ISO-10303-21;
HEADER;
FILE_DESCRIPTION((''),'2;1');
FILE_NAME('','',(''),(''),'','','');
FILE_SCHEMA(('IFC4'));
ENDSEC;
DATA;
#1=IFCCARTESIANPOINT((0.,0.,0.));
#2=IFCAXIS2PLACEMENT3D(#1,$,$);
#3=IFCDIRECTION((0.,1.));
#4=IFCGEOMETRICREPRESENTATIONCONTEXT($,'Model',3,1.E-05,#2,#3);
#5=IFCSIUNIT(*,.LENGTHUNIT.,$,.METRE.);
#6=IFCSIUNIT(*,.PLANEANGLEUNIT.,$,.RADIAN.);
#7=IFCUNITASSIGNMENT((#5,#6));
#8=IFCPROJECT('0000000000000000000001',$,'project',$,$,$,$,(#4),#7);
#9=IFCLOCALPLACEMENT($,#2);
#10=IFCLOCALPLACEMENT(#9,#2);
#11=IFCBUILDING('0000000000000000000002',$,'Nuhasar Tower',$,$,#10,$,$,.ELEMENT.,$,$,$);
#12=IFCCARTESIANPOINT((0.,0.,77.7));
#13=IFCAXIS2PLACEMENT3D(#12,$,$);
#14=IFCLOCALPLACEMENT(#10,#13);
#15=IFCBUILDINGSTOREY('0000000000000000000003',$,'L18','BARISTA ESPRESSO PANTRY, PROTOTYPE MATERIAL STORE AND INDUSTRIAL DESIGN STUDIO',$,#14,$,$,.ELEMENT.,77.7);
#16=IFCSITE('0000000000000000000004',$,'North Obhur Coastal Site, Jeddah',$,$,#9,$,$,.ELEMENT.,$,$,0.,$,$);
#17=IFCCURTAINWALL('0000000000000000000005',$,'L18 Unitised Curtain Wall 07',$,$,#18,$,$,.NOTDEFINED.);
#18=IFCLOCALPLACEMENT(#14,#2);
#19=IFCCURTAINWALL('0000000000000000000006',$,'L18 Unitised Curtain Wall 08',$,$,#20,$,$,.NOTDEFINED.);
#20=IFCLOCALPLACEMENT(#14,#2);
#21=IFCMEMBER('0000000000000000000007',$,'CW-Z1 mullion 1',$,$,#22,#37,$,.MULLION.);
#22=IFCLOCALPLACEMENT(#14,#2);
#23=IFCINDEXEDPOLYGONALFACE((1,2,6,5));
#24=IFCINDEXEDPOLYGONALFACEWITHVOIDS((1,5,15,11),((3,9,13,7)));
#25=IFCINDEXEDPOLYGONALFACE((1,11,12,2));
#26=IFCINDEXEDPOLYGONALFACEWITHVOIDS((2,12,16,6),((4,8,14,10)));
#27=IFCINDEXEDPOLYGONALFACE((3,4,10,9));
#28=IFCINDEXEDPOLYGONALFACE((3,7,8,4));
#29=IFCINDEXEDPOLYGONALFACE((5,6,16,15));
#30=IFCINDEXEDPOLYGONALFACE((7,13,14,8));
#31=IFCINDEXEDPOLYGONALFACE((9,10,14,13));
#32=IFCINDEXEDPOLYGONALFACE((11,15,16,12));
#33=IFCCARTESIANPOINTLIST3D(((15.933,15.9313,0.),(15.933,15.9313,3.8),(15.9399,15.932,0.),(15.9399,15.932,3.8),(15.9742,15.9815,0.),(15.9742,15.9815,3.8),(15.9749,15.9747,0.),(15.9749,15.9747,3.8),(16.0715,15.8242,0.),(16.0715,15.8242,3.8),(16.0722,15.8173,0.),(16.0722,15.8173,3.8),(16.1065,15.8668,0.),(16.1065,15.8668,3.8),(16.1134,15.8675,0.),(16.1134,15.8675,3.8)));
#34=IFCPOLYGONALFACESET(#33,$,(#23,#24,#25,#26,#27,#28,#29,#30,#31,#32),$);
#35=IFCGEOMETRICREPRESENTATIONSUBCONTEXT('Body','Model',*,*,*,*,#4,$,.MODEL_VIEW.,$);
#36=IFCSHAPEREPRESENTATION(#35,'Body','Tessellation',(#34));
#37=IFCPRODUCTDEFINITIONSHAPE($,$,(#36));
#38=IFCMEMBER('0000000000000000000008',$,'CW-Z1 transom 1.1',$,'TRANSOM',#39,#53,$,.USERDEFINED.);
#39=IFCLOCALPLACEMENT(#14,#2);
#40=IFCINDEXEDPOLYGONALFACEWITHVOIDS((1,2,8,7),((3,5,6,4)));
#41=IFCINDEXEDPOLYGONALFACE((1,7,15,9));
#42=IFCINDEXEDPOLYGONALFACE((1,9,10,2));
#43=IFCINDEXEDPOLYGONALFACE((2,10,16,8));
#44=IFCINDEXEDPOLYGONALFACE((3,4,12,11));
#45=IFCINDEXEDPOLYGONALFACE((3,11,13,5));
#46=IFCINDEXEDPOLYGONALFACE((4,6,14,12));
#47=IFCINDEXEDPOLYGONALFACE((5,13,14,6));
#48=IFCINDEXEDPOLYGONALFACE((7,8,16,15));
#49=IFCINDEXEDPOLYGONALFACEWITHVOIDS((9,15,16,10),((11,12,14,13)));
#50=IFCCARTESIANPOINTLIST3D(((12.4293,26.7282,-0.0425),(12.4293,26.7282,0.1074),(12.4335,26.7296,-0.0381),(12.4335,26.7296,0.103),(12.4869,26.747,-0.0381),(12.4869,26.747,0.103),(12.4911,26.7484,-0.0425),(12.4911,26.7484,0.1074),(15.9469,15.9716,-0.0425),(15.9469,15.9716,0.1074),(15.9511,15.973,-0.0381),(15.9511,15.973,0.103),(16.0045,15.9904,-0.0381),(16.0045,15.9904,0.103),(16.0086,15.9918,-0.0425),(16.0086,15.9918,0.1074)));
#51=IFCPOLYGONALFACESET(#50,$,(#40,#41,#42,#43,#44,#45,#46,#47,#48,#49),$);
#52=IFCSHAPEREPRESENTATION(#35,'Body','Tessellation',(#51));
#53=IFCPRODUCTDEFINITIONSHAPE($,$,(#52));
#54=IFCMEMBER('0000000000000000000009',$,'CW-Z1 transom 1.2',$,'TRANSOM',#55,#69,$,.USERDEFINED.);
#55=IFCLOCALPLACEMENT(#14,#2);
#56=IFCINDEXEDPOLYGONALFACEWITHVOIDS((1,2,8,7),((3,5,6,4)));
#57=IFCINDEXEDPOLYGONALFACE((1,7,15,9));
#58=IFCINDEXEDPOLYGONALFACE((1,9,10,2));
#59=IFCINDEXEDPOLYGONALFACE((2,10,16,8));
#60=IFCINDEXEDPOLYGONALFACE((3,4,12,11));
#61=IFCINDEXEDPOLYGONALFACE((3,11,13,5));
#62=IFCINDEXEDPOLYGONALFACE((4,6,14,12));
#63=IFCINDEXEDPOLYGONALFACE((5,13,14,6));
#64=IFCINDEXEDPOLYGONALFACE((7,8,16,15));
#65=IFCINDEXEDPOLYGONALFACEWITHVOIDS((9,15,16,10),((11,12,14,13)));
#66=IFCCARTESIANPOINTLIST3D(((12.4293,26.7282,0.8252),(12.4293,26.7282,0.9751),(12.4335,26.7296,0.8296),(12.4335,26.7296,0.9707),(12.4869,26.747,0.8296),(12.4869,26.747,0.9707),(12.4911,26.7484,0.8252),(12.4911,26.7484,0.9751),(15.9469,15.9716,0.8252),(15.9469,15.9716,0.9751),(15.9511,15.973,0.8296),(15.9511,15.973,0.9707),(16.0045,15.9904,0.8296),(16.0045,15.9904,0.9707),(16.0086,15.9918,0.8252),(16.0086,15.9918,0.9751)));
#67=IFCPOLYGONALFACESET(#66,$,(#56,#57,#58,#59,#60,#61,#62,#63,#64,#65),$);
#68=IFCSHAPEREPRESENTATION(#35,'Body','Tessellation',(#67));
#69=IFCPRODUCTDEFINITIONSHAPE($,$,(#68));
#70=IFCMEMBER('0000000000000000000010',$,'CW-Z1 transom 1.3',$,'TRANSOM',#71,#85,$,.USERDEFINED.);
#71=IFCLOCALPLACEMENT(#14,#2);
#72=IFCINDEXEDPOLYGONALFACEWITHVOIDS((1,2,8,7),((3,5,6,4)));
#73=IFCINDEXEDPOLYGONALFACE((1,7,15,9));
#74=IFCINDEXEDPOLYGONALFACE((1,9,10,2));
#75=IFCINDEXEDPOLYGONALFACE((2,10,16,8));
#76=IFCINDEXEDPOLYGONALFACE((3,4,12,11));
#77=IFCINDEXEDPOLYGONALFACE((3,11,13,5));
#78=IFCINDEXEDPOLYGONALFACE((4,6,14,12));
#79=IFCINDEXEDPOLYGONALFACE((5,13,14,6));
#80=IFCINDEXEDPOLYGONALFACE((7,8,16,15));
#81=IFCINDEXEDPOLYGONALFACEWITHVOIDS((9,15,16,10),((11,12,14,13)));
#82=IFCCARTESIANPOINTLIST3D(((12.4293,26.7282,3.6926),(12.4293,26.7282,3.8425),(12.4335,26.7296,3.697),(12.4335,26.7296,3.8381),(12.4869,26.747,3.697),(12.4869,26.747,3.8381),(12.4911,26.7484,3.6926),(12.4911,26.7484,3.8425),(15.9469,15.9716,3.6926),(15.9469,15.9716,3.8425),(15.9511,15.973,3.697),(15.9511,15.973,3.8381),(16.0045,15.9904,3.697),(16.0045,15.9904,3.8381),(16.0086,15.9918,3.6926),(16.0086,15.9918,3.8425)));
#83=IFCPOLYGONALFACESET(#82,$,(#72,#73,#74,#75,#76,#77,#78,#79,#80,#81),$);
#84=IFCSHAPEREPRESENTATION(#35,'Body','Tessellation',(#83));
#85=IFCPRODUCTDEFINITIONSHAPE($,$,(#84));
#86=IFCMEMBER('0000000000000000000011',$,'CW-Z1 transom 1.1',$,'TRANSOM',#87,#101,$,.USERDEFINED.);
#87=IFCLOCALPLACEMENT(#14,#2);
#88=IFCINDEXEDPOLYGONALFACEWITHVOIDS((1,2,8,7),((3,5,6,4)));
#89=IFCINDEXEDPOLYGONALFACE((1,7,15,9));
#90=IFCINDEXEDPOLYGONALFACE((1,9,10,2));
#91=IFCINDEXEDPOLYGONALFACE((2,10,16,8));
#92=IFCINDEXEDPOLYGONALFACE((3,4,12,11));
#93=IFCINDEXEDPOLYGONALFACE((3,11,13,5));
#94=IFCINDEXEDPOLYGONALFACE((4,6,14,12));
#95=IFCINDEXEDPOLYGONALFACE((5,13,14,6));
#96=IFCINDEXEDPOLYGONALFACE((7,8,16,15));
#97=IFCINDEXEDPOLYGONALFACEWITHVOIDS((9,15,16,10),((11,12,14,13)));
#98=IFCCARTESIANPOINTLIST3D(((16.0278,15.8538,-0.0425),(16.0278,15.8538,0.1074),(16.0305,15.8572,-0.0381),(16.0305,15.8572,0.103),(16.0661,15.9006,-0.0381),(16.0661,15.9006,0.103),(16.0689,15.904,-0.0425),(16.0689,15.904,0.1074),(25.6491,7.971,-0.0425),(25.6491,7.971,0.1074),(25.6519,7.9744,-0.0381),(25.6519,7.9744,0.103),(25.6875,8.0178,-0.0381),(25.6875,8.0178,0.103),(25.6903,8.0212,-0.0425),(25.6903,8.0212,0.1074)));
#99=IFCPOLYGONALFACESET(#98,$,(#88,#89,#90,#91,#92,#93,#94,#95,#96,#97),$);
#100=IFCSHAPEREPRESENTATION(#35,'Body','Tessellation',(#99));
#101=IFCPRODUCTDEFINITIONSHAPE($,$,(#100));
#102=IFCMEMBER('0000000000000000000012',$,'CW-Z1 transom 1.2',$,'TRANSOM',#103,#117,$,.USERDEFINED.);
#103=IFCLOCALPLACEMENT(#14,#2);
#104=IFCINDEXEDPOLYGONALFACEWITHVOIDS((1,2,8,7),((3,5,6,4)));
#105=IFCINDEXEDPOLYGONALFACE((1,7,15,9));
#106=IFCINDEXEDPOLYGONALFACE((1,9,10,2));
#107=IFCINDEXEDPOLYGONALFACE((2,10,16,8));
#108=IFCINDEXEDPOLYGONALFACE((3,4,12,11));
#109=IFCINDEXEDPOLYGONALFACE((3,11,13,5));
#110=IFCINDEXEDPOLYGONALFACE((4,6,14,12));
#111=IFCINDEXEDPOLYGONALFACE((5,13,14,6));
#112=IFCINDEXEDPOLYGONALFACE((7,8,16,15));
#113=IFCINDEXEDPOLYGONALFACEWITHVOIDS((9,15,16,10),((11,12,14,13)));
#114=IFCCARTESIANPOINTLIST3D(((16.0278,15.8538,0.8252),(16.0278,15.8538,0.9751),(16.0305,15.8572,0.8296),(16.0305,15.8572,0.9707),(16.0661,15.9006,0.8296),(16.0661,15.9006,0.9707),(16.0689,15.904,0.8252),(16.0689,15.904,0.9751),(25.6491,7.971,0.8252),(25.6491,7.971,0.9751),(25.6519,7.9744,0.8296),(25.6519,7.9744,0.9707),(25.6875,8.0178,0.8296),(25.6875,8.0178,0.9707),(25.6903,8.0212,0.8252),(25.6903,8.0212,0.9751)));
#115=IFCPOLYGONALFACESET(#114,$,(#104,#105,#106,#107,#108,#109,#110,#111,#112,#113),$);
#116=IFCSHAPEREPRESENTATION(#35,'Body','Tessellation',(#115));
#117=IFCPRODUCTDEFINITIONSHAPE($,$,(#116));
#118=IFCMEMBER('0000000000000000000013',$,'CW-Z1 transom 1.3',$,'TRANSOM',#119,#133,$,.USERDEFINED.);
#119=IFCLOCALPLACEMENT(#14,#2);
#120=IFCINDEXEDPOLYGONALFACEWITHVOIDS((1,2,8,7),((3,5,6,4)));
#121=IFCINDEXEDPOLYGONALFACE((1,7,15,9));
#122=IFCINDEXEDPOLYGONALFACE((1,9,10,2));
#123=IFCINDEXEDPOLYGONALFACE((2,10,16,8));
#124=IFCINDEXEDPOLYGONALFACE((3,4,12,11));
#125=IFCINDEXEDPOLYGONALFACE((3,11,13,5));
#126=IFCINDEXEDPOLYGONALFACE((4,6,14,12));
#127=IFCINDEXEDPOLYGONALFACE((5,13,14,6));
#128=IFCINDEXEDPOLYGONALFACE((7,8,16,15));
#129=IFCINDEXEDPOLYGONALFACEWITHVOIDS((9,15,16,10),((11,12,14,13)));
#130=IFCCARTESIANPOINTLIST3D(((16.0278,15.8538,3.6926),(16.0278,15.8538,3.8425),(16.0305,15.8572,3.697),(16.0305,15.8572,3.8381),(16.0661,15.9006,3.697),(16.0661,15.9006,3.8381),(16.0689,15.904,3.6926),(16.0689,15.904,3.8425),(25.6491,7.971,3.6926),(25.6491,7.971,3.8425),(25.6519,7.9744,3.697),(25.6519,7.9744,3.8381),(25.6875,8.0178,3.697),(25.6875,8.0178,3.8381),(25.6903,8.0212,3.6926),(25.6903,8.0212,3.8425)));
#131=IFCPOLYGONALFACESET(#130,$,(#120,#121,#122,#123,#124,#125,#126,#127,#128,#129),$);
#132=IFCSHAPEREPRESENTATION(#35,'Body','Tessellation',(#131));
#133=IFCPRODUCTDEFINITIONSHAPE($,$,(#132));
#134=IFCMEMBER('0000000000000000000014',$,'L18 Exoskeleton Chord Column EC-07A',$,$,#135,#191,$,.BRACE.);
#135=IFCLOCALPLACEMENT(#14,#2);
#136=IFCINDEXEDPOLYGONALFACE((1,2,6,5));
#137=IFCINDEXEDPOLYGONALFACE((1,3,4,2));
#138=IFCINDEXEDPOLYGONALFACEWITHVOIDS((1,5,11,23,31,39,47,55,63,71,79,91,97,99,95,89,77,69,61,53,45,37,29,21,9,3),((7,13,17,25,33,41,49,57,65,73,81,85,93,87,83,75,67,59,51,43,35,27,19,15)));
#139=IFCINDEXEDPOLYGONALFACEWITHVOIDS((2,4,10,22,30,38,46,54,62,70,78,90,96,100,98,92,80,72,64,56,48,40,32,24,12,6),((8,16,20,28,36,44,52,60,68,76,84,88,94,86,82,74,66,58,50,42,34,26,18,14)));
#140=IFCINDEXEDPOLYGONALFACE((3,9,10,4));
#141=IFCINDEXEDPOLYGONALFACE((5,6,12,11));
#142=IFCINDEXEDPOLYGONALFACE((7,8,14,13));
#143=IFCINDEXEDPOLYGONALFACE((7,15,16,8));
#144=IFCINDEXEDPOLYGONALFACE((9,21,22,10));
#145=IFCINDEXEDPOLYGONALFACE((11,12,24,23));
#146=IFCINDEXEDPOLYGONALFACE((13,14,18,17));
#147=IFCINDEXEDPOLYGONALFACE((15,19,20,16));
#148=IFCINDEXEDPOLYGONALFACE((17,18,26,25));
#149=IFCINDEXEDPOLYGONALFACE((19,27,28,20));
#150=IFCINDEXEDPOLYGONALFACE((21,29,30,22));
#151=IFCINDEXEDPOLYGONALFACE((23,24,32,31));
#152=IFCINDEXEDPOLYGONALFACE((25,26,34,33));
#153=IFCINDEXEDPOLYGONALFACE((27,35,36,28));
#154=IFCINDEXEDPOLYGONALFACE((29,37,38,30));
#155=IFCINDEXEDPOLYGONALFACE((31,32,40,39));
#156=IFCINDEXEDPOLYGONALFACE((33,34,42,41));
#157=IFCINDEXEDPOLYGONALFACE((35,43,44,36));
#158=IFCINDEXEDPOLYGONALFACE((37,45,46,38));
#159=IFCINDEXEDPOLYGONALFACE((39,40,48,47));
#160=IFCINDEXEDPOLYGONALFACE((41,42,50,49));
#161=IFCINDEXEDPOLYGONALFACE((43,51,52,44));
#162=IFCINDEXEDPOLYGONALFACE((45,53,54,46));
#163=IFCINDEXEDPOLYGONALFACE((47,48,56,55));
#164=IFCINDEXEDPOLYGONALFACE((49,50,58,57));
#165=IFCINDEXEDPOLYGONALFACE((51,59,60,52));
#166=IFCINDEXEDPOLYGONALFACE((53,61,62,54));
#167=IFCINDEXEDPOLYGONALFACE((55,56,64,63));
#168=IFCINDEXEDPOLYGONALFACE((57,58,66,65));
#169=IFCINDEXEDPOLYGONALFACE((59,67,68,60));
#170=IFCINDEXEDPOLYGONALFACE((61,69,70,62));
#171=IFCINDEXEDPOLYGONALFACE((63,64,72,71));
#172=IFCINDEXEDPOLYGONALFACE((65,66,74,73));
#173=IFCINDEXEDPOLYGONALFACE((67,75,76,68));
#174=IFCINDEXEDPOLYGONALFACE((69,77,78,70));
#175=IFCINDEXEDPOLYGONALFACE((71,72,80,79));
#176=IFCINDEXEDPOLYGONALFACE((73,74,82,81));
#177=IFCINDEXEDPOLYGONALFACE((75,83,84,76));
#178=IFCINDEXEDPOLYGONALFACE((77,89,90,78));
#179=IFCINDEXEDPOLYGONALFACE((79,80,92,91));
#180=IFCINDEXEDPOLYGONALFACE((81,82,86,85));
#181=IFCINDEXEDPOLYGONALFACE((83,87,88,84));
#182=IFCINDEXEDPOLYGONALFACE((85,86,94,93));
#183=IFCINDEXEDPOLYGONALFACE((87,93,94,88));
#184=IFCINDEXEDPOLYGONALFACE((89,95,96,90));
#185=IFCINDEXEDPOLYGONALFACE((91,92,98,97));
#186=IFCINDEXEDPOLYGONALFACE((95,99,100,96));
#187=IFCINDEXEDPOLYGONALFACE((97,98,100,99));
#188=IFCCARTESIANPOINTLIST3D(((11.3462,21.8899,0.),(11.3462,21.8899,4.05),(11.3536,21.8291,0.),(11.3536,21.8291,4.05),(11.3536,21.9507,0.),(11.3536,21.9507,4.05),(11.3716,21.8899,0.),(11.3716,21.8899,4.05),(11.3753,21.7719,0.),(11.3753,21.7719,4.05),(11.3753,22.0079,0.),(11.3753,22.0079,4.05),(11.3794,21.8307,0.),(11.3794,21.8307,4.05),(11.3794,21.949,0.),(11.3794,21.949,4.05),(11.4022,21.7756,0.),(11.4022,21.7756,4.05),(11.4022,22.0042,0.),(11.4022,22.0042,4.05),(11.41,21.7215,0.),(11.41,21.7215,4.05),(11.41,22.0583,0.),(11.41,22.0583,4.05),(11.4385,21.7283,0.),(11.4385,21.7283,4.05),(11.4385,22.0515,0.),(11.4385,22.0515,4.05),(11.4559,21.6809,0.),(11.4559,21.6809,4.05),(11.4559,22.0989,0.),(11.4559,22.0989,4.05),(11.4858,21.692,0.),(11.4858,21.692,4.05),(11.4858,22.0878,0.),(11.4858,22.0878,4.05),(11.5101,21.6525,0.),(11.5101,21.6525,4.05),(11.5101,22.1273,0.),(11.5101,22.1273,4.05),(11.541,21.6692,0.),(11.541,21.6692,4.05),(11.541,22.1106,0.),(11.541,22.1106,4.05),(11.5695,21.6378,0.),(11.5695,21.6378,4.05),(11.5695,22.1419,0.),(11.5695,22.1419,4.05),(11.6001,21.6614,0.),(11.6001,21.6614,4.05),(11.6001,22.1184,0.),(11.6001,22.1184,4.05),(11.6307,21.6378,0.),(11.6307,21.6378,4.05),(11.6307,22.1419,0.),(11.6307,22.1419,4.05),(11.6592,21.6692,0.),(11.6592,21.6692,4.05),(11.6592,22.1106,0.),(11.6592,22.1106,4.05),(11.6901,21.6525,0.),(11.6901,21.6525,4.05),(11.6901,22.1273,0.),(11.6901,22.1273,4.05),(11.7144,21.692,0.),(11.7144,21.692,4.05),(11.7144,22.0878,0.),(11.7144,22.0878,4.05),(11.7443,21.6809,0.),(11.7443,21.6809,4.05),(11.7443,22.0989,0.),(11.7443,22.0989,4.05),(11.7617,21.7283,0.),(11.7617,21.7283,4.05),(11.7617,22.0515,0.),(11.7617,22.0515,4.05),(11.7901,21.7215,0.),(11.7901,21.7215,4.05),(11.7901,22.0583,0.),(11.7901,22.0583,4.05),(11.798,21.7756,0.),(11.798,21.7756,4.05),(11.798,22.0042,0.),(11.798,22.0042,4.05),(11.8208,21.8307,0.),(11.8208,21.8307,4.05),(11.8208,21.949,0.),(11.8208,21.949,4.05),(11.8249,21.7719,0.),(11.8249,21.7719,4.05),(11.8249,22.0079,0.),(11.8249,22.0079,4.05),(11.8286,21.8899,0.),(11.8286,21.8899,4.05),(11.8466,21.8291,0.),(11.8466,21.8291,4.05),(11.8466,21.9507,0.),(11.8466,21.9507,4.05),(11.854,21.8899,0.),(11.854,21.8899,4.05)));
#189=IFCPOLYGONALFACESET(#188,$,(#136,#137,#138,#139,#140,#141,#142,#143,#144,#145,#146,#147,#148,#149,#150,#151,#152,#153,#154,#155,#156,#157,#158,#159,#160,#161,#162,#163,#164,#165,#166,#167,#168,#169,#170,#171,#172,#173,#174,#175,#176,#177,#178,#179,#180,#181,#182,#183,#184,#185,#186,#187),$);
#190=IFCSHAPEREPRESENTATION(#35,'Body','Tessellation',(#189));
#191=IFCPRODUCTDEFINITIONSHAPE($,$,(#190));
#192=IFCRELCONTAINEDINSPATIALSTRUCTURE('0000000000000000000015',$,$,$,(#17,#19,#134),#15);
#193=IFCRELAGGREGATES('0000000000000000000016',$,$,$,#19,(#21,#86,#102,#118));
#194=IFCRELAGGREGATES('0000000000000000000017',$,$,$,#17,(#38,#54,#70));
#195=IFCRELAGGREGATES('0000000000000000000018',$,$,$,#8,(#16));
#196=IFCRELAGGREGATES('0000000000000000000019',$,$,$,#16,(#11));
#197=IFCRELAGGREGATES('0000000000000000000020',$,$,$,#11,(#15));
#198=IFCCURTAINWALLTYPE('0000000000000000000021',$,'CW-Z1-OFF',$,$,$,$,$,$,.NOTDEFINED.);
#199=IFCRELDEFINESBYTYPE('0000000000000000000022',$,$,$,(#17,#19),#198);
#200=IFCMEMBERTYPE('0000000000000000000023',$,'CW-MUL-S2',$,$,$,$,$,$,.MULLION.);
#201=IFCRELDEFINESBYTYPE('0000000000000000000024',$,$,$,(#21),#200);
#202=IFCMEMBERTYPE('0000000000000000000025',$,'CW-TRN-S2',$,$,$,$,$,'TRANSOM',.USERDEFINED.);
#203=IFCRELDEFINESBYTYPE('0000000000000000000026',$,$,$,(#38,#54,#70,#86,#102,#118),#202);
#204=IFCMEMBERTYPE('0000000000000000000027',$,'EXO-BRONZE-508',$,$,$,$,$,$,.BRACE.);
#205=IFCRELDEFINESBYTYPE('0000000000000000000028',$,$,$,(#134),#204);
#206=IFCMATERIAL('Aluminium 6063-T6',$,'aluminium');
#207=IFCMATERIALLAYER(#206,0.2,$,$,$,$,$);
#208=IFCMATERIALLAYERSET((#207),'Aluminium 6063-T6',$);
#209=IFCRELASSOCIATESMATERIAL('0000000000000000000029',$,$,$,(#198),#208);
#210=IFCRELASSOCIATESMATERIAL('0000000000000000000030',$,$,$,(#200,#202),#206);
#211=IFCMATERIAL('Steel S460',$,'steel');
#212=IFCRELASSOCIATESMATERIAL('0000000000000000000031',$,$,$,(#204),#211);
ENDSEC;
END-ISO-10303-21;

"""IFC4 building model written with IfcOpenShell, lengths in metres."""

from ifc_helpers import new_model, si_unit, direction, frame, origin, origin_2d, place, context, subcontext, project, spatial, hollow_rectangle, hollow_circle, extrude, material, layer, layer_set, material_profile, profile_set, type_object, element, aggregate, save


model = new_model("IFC4")

# Units and contexts
model_context = context("Model", 3, precision=1e-05, world=origin(), true_north=direction((0.0, 1.0)))
body_context = subcontext(model_context, "Body", "Model", "MODEL_VIEW")
ifc_project = project(units=[si_unit("LENGTHUNIT", "METRE"), si_unit("PLANEANGLEUNIT", "RADIAN")], contexts=[model_context])

# Site, building, storey
site_placement = place(None, origin())
site = spatial("IfcSite", under=ifc_project, at=site_placement, Name="North Obhur Coastal Site, Jeddah", CompositionType="ELEMENT", RefElevation=0.0)
building_placement = place(site_placement, origin())
building = spatial("IfcBuilding", under=site, at=building_placement, Name="Nuhasar Tower", CompositionType="ELEMENT")
storey_placement = place(building_placement, frame((0.0, 0.0, 77.7)))
storey = spatial("IfcBuildingStorey", under=building, at=storey_placement, Name="L18", Description="BARISTA ESPRESSO PANTRY, PROTOTYPE MATERIAL STORE AND INDUSTRIAL DESIGN STUDIO", CompositionType="ELEMENT", Elevation=77.7)

# Curtain walls, member
ifc_material_1 = material(Name="Aluminium 6063-T6", Category="aluminium")
ifc_layer_1 = layer(ifc_material_1, 0.2)
ifc_layer_set_1 = layer_set([ifc_layer_1], Name="Aluminium 6063-T6")
curtain_wall_type = type_object("IfcCurtainWallType", Name="CW-Z1-OFF", PredefinedType="NOTDEFINED", material=ifc_layer_set_1)
curtain_wall_1_placement = place(storey_placement, origin())
curtain_wall_1 = element("IfcCurtainWall", 1, at=curtain_wall_1_placement, inside=storey, type_object=curtain_wall_type, Name="L18 Unitised Curtain Wall 07", PredefinedType="NOTDEFINED")
ifc_material_profile_1 = material_profile(ifc_material_1, hollow_rectangle(XDim=0.0649, YDim=0.1799, WallThickness=0.0049, at=origin_2d()), Name="CWM-2")
ifc_profile_set_1 = profile_set([ifc_material_profile_1], Name="Aluminium 6063-T6")
member_type_1 = type_object("IfcMemberType", Name="CW-MUL-S2", PredefinedType="MULLION", material=ifc_profile_set_1)
curtain_wall_2_placement = place(storey_placement, origin())
curtain_wall_2 = element("IfcCurtainWall", 2, at=curtain_wall_2_placement, inside=storey, type_object=curtain_wall_type, Name="L18 Unitised Curtain Wall 08", PredefinedType="NOTDEFINED")
member_1_placement = place(storey_placement, frame((16.0232, 15.8994, 0.0), z_axis=(0.0, 0.0, 1.0), x_axis=(0.633745, 0.773542, 0.0)))
member_1 = element("IfcMember", 3, at=member_1_placement, type_object=member_type_1, Name="CW-Z1 mullion 1", PredefinedType="MULLION", context=body_context, shape_type="SweptSolid", body=[
    extrude(hollow_rectangle(XDim=0.0649, YDim=0.1799, WallThickness=0.0049, at=origin_2d()), origin(), (0.0, 0.0, 1.0), 3.8),
])

# Members
ifc_material_profile_2 = material_profile(ifc_material_1, hollow_rectangle(XDim=0.0649, YDim=0.1499, WallThickness=0.0044, at=origin_2d()), Name="CWT-2")
ifc_profile_set_2 = profile_set([ifc_material_profile_2], Name="Aluminium 6063-T6")
member_type_2 = type_object("IfcMemberType", Name="CW-TRN-S2", ElementType="TRANSOM", PredefinedType="USERDEFINED", material=ifc_profile_set_2)
member_2_placement = place(storey_placement, frame((12.4602, 26.7383, 0.0325), z_axis=(0.310819, -0.950469, 0.0), x_axis=(0.950469, 0.310819, 0.0)))
member_2 = element("IfcMember", 4, at=member_2_placement, type_object=member_type_2, Name="CW-Z1 transom 1.1", ObjectType="TRANSOM", PredefinedType="USERDEFINED", context=body_context, shape_type="SweptSolid", body=[
    extrude(hollow_rectangle(XDim=0.0649, YDim=0.1499, WallThickness=0.0044, at=origin_2d()), origin(), (0.0, 0.0, 1.0), 11.3171),
])
member_3_placement = place(storey_placement, frame((12.4602, 26.7383, 0.9001), z_axis=(0.310819, -0.950469, 0.0), x_axis=(0.950469, 0.310819, 0.0)))
member_3 = element("IfcMember", 5, at=member_3_placement, type_object=member_type_2, Name="CW-Z1 transom 1.2", ObjectType="TRANSOM", PredefinedType="USERDEFINED", context=body_context, shape_type="SweptSolid", body=[
    extrude(hollow_rectangle(XDim=0.0649, YDim=0.1499, WallThickness=0.0044, at=origin_2d()), origin(), (0.0, 0.0, 1.0), 11.3171),
])
member_4_placement = place(storey_placement, frame((12.4602, 26.7383, 3.7676), z_axis=(0.310819, -0.950469, 0.0), x_axis=(0.950469, 0.310819, 0.0)))
member_4 = element("IfcMember", 6, at=member_4_placement, type_object=member_type_2, Name="CW-Z1 transom 1.3", ObjectType="TRANSOM", PredefinedType="USERDEFINED", context=body_context, shape_type="SweptSolid", body=[
    extrude(hollow_rectangle(XDim=0.0649, YDim=0.1499, WallThickness=0.0044, at=origin_2d()), origin(), (0.0, 0.0, 1.0), 11.3171),
])
member_5_placement = place(storey_placement, frame((16.0483, 15.8789, 0.0325), z_axis=(0.773531, -0.633758, 0.0), x_axis=(0.633758, 0.773531, 0.0)))
member_5 = element("IfcMember", 7, at=member_5_placement, type_object=member_type_2, Name="CW-Z1 transom 1.1", ObjectType="TRANSOM", PredefinedType="USERDEFINED", context=body_context, shape_type="SweptSolid", body=[
    extrude(hollow_rectangle(XDim=0.0649, YDim=0.1499, WallThickness=0.0044, at=origin_2d()), origin(), (0.0, 0.0, 1.0), 12.4382),
])
member_6_placement = place(storey_placement, frame((16.0483, 15.8789, 0.9001), z_axis=(0.773531, -0.633758, 0.0), x_axis=(0.633758, 0.773531, 0.0)))
member_6 = element("IfcMember", 8, at=member_6_placement, type_object=member_type_2, Name="CW-Z1 transom 1.2", ObjectType="TRANSOM", PredefinedType="USERDEFINED", context=body_context, shape_type="SweptSolid", body=[
    extrude(hollow_rectangle(XDim=0.0649, YDim=0.1499, WallThickness=0.0044, at=origin_2d()), origin(), (0.0, 0.0, 1.0), 12.4382),
])
member_7_placement = place(storey_placement, frame((16.0483, 15.8789, 3.7676), z_axis=(0.773531, -0.633758, 0.0), x_axis=(0.633758, 0.773531, 0.0)))
member_7 = element("IfcMember", 9, at=member_7_placement, type_object=member_type_2, Name="CW-Z1 transom 1.3", ObjectType="TRANSOM", PredefinedType="USERDEFINED", context=body_context, shape_type="SweptSolid", body=[
    extrude(hollow_rectangle(XDim=0.0649, YDim=0.1499, WallThickness=0.0044, at=origin_2d()), origin(), (0.0, 0.0, 1.0), 12.4382),
])
aggregate(curtain_wall_2, [member_1, member_5, member_6, member_7])

# Member
ifc_material_2 = material(Name="Steel S460", Category="steel")
ifc_material_profile_3 = material_profile(ifc_material_2, hollow_circle(Radius=0.2539, WallThickness=0.0254, at=origin_2d()), Name="HSS508X25.4")
ifc_profile_set_3 = profile_set([ifc_material_profile_3], Name="Steel S460")
member_type_3 = type_object("IfcMemberType", Name="EXO-BRONZE-508", PredefinedType="BRACE", material=ifc_profile_set_3)
for number, where, z_axis, x_axis, name in (
    (10, (11.6001, 21.8899, 0.0), (0.0, 0.0, 1.0), (1.0, 0.0, 0.0), "L18 Exoskeleton Chord Column EC-07A"),
):
    element("IfcMember", number, at=place(storey_placement, frame(where, z_axis=z_axis, x_axis=x_axis)), inside=storey, type_object=member_type_3, Name=name, PredefinedType="BRACE", context=body_context, shape_type="SweptSolid", body=[
        extrude(hollow_circle(Radius=0.2539, WallThickness=0.0254, at=origin_2d()), origin(), (0.0, 0.0, 1.0), 4.05),
    ])

aggregate(curtain_wall_1, [member_2, member_3, member_4])

save(model, "model.ifc")
